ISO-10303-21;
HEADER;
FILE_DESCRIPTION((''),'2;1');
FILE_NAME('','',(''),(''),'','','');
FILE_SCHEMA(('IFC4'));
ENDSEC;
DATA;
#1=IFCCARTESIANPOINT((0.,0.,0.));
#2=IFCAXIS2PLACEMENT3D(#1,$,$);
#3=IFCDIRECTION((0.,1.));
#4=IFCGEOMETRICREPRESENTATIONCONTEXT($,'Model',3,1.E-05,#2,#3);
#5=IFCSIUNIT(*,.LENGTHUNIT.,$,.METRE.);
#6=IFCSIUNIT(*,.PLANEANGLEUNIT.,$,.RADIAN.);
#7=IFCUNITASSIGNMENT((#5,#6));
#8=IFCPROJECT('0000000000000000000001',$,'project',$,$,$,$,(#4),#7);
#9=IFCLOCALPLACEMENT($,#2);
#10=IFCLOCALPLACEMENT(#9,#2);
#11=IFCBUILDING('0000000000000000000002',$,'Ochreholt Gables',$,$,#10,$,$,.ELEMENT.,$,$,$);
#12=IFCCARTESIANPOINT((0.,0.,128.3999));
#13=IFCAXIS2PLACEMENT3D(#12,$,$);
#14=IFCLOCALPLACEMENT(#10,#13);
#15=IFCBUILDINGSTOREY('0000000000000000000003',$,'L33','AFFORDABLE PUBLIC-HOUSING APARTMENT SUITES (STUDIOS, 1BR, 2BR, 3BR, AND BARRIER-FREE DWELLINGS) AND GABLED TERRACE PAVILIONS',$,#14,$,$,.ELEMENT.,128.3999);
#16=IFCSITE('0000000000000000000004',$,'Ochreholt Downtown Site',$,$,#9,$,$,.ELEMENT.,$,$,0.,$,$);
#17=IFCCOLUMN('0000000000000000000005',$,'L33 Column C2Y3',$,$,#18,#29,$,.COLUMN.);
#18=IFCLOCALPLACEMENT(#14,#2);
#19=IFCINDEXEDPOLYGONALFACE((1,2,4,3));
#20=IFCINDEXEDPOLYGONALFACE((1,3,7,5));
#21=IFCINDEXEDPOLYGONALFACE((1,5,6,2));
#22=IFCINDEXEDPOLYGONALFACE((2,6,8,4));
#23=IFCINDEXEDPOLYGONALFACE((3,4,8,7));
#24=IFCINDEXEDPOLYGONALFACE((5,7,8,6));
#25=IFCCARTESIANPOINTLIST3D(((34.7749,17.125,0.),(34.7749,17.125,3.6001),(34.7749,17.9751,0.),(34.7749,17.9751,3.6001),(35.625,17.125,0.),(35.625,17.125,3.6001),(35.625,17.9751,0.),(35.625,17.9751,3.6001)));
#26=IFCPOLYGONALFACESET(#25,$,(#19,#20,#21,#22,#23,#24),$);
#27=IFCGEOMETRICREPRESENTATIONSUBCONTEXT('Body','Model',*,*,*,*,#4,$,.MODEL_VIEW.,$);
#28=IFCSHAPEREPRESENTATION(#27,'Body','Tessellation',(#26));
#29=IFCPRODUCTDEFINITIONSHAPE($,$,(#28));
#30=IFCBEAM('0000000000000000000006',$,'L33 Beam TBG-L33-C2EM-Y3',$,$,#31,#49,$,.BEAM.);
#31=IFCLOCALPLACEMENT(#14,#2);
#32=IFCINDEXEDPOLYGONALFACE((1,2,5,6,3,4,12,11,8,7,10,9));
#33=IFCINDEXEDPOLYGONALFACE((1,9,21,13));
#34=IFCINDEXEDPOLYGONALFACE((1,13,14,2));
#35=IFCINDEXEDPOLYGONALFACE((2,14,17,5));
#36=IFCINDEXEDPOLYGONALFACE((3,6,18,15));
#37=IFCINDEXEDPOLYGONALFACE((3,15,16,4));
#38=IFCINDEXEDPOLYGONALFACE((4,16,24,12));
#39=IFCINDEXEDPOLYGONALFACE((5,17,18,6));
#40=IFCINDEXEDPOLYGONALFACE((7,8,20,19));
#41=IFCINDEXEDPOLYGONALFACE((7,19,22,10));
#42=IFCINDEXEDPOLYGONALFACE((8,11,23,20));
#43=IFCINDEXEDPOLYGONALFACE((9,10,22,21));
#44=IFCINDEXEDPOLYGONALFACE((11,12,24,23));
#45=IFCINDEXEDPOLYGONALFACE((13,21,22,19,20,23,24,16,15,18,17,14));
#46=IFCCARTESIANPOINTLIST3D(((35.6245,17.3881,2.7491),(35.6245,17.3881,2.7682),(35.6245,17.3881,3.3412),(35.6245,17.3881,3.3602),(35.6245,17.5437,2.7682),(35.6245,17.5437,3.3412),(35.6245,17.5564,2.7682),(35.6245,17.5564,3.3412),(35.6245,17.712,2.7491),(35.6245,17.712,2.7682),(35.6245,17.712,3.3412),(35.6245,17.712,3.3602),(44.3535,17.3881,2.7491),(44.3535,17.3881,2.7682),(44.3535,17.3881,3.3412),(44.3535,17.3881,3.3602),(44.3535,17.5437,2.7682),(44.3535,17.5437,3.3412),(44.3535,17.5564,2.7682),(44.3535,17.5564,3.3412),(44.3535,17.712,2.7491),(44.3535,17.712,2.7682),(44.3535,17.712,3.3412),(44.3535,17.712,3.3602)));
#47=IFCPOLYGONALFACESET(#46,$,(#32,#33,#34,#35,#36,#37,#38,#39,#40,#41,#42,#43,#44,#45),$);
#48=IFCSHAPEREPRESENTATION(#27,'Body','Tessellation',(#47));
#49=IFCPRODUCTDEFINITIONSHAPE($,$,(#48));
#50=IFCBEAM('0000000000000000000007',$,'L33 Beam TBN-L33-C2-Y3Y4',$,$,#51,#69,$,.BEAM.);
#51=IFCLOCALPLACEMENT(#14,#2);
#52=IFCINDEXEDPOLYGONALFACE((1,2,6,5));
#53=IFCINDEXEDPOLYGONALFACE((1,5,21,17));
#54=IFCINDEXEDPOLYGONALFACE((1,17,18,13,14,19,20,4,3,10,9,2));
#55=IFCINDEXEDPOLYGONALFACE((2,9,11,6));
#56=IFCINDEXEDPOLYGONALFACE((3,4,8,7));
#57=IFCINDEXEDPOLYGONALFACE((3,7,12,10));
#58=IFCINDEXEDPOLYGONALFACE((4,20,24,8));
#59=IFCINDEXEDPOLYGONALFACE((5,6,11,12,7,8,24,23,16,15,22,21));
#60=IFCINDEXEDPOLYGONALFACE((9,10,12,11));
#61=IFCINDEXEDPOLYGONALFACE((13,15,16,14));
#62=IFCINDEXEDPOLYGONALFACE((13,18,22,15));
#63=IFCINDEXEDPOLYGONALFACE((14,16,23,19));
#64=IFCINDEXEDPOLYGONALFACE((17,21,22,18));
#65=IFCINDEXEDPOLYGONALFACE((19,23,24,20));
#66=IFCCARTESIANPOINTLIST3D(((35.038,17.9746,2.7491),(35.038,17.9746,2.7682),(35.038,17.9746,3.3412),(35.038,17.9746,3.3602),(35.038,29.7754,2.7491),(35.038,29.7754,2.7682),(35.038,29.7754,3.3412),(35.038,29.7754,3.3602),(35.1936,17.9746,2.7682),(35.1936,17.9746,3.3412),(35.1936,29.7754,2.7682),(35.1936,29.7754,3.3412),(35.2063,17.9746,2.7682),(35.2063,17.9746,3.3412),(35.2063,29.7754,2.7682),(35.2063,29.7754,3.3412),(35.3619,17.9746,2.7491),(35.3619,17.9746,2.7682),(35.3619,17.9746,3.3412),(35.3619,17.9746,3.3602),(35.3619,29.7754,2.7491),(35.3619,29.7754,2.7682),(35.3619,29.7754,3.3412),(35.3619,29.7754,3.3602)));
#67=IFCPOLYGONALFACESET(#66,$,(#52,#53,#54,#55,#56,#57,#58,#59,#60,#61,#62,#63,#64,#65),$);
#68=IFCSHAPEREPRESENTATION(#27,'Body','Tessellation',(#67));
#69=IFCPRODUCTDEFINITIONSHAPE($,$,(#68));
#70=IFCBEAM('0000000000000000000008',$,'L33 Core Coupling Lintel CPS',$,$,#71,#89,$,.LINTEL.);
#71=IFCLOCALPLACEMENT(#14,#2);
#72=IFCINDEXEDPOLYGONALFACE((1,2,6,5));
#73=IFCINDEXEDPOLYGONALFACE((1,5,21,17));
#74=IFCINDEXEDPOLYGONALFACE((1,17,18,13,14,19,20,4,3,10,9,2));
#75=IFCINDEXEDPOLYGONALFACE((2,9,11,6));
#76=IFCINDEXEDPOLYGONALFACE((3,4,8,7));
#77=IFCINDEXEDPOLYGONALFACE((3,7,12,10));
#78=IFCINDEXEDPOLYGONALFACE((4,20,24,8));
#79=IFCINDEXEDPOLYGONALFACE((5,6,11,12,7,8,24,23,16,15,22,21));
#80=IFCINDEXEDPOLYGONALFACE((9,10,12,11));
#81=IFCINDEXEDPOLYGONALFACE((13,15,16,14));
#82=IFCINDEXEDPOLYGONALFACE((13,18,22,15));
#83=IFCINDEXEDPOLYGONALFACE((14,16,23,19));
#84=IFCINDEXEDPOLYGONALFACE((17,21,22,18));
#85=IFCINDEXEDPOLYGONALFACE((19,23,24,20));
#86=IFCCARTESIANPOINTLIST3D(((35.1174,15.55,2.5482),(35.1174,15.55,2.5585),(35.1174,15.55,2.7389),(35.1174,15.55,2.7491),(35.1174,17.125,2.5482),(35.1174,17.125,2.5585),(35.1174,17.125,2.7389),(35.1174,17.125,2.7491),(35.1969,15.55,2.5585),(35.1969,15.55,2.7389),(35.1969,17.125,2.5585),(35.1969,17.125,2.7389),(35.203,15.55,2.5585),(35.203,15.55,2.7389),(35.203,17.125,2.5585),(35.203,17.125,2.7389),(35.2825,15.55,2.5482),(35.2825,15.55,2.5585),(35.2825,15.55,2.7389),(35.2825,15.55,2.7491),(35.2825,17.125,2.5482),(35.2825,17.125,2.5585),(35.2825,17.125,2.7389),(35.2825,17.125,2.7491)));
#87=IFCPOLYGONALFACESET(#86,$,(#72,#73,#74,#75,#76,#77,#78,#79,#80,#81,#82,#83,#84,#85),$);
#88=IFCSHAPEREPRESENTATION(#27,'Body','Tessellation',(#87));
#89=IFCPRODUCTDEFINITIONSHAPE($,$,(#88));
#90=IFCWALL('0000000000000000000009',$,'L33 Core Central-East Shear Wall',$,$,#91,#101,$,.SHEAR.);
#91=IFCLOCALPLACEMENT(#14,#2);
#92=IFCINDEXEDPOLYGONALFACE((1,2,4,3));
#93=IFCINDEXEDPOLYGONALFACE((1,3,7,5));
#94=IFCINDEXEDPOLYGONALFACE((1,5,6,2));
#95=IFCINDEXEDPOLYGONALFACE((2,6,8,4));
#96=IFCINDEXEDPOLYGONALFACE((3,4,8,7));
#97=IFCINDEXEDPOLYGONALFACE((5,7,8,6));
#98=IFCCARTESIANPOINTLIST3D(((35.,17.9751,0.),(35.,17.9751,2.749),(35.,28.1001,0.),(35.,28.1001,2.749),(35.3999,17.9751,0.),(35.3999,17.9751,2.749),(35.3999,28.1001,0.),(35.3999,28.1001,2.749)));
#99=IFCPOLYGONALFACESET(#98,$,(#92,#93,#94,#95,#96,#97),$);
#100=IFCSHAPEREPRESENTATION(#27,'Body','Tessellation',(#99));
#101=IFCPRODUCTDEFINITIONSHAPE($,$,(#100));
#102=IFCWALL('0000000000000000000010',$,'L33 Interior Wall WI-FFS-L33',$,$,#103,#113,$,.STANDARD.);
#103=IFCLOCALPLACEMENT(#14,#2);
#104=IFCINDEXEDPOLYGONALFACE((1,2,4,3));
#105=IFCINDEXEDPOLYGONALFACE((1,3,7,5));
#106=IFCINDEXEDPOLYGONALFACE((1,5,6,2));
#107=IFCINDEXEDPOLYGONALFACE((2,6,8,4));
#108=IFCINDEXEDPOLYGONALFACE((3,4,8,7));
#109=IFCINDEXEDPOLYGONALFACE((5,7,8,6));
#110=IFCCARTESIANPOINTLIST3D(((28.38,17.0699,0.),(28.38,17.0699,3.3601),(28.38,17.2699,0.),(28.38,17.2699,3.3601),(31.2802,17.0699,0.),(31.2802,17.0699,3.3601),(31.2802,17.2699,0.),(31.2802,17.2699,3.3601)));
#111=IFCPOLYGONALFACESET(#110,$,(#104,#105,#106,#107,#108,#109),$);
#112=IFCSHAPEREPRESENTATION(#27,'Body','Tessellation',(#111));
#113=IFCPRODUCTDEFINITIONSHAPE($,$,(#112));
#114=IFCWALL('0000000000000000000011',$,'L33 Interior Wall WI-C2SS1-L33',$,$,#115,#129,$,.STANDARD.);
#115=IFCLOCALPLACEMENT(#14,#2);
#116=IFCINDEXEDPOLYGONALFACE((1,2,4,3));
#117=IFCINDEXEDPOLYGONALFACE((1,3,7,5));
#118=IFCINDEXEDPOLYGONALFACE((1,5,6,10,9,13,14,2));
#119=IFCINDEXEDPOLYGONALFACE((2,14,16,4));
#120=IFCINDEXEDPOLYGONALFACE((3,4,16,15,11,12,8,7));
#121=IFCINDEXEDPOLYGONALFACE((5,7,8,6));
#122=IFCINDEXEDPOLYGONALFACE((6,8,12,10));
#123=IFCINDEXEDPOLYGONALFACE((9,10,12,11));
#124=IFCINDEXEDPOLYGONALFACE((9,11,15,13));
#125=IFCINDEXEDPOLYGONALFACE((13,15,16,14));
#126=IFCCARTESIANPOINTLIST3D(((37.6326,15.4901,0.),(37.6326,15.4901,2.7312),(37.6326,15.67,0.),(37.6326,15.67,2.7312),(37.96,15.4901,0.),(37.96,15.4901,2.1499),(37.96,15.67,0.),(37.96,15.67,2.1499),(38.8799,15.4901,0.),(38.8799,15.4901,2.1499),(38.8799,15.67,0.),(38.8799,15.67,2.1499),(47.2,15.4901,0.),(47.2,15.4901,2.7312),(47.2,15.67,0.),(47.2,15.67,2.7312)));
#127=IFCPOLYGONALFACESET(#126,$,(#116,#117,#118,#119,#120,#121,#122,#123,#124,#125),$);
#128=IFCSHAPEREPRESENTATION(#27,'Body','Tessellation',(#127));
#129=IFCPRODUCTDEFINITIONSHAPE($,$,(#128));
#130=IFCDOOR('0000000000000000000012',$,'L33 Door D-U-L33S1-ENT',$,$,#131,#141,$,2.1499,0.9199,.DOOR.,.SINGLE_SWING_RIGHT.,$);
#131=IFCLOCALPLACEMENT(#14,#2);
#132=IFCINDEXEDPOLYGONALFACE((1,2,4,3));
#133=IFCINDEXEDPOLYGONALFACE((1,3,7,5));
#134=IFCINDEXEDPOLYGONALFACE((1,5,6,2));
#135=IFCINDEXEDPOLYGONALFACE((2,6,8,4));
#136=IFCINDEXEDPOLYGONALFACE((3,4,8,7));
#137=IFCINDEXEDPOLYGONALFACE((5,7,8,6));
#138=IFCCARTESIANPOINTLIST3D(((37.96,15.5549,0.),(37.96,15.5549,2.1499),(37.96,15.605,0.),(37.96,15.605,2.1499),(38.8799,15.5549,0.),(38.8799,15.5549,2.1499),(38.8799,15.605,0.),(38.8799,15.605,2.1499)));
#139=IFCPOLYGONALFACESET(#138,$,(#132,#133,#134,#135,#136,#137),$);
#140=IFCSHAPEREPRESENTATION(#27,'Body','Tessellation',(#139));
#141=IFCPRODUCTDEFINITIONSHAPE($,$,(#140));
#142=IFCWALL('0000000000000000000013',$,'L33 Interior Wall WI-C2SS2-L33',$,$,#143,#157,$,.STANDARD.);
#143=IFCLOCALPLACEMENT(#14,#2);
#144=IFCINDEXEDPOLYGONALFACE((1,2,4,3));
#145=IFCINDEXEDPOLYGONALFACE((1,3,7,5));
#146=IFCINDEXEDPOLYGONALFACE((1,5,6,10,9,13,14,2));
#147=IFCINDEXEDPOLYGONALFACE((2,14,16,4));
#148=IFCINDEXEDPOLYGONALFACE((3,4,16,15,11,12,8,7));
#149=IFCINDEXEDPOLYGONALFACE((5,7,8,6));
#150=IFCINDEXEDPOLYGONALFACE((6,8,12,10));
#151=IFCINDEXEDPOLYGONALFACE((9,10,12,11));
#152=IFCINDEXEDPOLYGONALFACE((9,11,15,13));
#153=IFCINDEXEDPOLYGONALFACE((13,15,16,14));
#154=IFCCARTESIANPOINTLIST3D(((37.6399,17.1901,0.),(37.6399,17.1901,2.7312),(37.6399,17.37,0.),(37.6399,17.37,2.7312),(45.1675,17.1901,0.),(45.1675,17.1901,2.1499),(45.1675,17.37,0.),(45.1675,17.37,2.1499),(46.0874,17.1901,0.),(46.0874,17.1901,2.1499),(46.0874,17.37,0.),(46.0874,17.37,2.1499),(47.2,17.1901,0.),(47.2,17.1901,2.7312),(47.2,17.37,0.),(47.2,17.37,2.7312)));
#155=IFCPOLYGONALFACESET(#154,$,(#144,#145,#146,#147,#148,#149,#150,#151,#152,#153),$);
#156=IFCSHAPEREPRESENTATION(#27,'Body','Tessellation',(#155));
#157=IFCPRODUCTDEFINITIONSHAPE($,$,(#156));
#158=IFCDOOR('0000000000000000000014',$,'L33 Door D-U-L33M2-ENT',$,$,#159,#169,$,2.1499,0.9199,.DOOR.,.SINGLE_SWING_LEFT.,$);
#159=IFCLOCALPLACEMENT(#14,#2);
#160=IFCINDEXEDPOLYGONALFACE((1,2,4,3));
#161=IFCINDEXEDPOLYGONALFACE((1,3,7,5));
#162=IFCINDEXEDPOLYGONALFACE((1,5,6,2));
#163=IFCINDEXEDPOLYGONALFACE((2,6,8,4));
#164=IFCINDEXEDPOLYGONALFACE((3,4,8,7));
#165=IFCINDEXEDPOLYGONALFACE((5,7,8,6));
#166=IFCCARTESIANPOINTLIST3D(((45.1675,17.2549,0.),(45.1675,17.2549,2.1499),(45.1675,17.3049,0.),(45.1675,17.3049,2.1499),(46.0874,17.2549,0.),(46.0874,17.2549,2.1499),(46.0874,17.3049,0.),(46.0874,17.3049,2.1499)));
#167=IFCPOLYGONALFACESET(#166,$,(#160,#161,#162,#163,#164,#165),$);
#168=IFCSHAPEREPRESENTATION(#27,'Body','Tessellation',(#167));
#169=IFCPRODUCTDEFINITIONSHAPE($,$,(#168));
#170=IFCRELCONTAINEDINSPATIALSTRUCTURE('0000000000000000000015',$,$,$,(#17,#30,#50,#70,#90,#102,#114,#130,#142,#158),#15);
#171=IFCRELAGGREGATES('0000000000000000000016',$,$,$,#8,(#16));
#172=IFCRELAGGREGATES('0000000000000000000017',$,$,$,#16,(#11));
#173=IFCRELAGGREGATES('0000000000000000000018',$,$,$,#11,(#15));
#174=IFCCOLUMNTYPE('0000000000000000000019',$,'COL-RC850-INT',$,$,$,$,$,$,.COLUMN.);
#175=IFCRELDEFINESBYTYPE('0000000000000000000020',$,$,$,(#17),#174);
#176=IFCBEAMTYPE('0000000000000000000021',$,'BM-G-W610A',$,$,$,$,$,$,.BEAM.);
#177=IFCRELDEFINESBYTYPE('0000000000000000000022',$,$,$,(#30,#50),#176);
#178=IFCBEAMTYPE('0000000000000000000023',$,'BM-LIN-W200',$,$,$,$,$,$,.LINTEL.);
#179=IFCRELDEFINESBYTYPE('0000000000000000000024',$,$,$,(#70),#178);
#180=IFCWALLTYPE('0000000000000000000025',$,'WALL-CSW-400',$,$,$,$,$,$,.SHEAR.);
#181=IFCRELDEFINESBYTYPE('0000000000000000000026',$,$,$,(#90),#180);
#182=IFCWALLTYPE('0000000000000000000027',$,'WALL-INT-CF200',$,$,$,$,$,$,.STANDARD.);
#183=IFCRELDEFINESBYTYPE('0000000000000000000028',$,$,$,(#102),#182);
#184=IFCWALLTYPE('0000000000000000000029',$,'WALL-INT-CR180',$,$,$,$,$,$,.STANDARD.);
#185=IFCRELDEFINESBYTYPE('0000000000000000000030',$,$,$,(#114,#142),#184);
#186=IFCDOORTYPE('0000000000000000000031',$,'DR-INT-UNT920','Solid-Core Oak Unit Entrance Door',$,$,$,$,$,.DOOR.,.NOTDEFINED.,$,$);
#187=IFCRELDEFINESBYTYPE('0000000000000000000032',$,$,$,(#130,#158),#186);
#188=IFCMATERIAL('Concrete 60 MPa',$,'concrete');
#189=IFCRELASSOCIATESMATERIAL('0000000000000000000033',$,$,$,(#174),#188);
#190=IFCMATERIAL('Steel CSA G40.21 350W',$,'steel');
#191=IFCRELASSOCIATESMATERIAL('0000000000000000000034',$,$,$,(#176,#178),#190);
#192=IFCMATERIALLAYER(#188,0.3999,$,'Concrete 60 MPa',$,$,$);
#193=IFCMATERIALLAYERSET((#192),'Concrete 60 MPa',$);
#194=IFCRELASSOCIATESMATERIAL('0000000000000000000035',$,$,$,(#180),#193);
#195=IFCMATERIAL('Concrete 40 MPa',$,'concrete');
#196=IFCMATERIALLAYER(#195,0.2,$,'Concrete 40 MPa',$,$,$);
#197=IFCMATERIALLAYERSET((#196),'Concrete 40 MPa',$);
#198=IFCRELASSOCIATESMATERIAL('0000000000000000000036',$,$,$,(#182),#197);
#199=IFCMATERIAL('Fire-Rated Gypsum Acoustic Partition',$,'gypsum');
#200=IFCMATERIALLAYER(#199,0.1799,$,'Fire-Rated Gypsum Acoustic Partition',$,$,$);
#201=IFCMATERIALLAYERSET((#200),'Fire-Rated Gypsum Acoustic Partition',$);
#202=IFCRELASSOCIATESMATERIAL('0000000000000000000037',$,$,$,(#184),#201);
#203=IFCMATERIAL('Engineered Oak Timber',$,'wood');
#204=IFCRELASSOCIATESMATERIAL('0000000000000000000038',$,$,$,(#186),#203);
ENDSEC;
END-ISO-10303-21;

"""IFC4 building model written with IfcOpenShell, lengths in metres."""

from ifc_helpers import new_model, si_unit, direction, frame, frame_2d, origin, origin_2d, place, context, subcontext, project, spatial, rectangle, i_section, extrude, material, layer, layer_set, material_profile, profile_set, type_object, element, fill, save


model = new_model("IFC4")

# Units and contexts
model_context = context("Model", 3, precision=1e-05, world=origin(), true_north=direction((0.0, 1.0)))
body_context = subcontext(model_context, "Body", "Model", "MODEL_VIEW")
ifc_project = project(units=[si_unit("LENGTHUNIT", "METRE"), si_unit("PLANEANGLEUNIT", "RADIAN")], contexts=[model_context])

# Site, building, storey
site_placement = place(None, origin())
site = spatial("IfcSite", under=ifc_project, at=site_placement, Name="Ochreholt Downtown Site", CompositionType="ELEMENT", RefElevation=0.0)
building_placement = place(site_placement, origin())
building = spatial("IfcBuilding", under=site, at=building_placement, Name="Ochreholt Gables", CompositionType="ELEMENT")
storey_placement = place(building_placement, frame((0.0, 0.0, 128.3999)))
storey = spatial("IfcBuildingStorey", under=building, at=storey_placement, Name="L33", Description="AFFORDABLE PUBLIC-HOUSING APARTMENT SUITES (STUDIOS, 1BR, 2BR, 3BR, AND BARRIER-FREE DWELLINGS) AND GABLED TERRACE PAVILIONS", CompositionType="ELEMENT", Elevation=128.3999)

# Column
ifc_material_1 = material(Name="Concrete 60 MPa", Category="concrete")
ifc_material_profile_1 = material_profile(ifc_material_1, rectangle(XDim=0.8501, YDim=0.8501, at=origin_2d()), Name="RC850X850")
ifc_profile_set_1 = profile_set([ifc_material_profile_1], Name="Concrete 60 MPa")
column_type = type_object("IfcColumnType", Name="COL-RC850-INT", PredefinedType="COLUMN", material=ifc_profile_set_1)
column_placement = place(storey_placement, frame((35.2, 17.55, 0.0), z_axis=(0.0, 0.0, 1.0), x_axis=(1.0, 0.0, 0.0)))
element("IfcColumn", 1, at=column_placement, inside=storey, type_object=column_type, Name="L33 Column C2Y3", PredefinedType="COLUMN", context=body_context, shape_type="SweptSolid", body=[
    extrude(rectangle(XDim=0.8501, YDim=0.8501, at=origin_2d()), origin(), (0.0, 0.0, 1.0), 3.6001),
])

# Beams
ifc_material_2 = material(Name="Steel CSA G40.21 350W", Category="steel")
ifc_material_profile_2 = material_profile(ifc_material_2, i_section(OverallWidth=0.324, OverallDepth=0.6111, WebThickness=0.0127, FlangeThickness=0.019, at=origin_2d()), Name="W610X155")
ifc_profile_set_2 = profile_set([ifc_material_profile_2], Name="Steel CSA G40.21 350W")
beam_type_1 = type_object("IfcBeamType", Name="BM-G-W610A", PredefinedType="BEAM", material=ifc_profile_set_2)
beam_1_placement = place(storey_placement, frame((35.6245, 17.55, 3.0547), z_axis=(1.0, 0.0, 0.0), x_axis=(0.0, 1.0, 0.0)))
element("IfcBeam", 2, at=beam_1_placement, inside=storey, type_object=beam_type_1, Name="L33 Beam TBG-L33-C2EM-Y3", PredefinedType="BEAM", context=body_context, shape_type="SweptSolid", body=[
    extrude(i_section(OverallWidth=0.324, OverallDepth=0.6111, WebThickness=0.0127, FlangeThickness=0.019, at=origin_2d()), origin(), (0.0, 0.0, 1.0), 8.729),
])
beam_2_placement = place(storey_placement, frame((35.2, 17.9746, 3.0547), z_axis=(0.0, 1.0, 0.0), x_axis=(-1.0, 0.0, 0.0)))
element("IfcBeam", 3, at=beam_2_placement, inside=storey, type_object=beam_type_1, Name="L33 Beam TBN-L33-C2-Y3Y4", PredefinedType="BEAM", context=body_context, shape_type="SweptSolid", body=[
    extrude(i_section(OverallWidth=0.324, OverallDepth=0.6111, WebThickness=0.0127, FlangeThickness=0.019, at=origin_2d()), origin(), (0.0, 0.0, 1.0), 11.8008),
])
ifc_material_profile_3 = material_profile(ifc_material_2, i_section(OverallWidth=0.165, OverallDepth=0.2009, WebThickness=0.0061, FlangeThickness=0.0103, at=origin_2d()), Name="W200X36")
ifc_profile_set_3 = profile_set([ifc_material_profile_3], Name="Steel CSA G40.21 350W")
beam_type_2 = type_object("IfcBeamType", Name="BM-LIN-W200", PredefinedType="LINTEL", material=ifc_profile_set_3)
beam_3_placement = place(storey_placement, frame((35.2, 15.55, 2.6487), z_axis=(0.0, 1.0, 0.0), x_axis=(-1.0, 0.0, 0.0)))
element("IfcBeam", 4, at=beam_3_placement, inside=storey, type_object=beam_type_2, Name="L33 Core Coupling Lintel CPS", PredefinedType="LINTEL", context=body_context, shape_type="SweptSolid", body=[
    extrude(i_section(OverallWidth=0.165, OverallDepth=0.2009, WebThickness=0.0061, FlangeThickness=0.0103, at=origin_2d()), origin(), (0.0, 0.0, 1.0), 1.575),
])

# Walls
ifc_layer_1 = layer(ifc_material_1, 0.3999, Name="Concrete 60 MPa")
ifc_layer_set_1 = layer_set([ifc_layer_1], Name="Concrete 60 MPa")
wall_type_1 = type_object("IfcWallType", Name="WALL-CSW-400", PredefinedType="SHEAR", material=ifc_layer_set_1)
wall_1_placement = place(storey_placement, frame((35.2, 17.9751, 0.0), z_axis=(0.0, 0.0, 1.0), x_axis=(0.0, 1.0, 0.0)))
element("IfcWall", 5, at=wall_1_placement, inside=storey, type_object=wall_type_1, Name="L33 Core Central-East Shear Wall", PredefinedType="SHEAR", context=body_context, shape_type="SweptSolid", body=[
    extrude(rectangle(XDim=10.125, YDim=0.3999, at=frame_2d((5.0625, 0.0))), origin(), (0.0, 0.0, 1.0), 2.749),
])
ifc_material_3 = material(Name="Concrete 40 MPa", Category="concrete")
ifc_layer_2 = layer(ifc_material_3, 0.2, Name="Concrete 40 MPa")
ifc_layer_set_2 = layer_set([ifc_layer_2], Name="Concrete 40 MPa")
wall_type_2 = type_object("IfcWallType", Name="WALL-INT-CF200", PredefinedType="STANDARD", material=ifc_layer_set_2)
wall_2_placement = place(storey_placement, frame((28.3799, 17.1699, 0.0), z_axis=(0.0, 0.0, 1.0), x_axis=(1.0, 0.0, 0.0)))
element("IfcWall", 6, at=wall_2_placement, inside=storey, type_object=wall_type_2, Name="L33 Interior Wall WI-FFS-L33", PredefinedType="STANDARD", context=body_context, shape_type="SweptSolid", body=[
    extrude(rectangle(XDim=2.9001, YDim=0.2, at=frame_2d((1.4502, 0.0))), origin(), (0.0, 0.0, 1.0), 3.3601),
])

# Shared definitions
ifc_material_4 = material(Name="Fire-Rated Gypsum Acoustic Partition", Category="gypsum")
ifc_layer_3 = layer(ifc_material_4, 0.1799, Name="Fire-Rated Gypsum Acoustic Partition")
ifc_layer_set_3 = layer_set([ifc_layer_3], Name="Fire-Rated Gypsum Acoustic Partition")
wall_type_3 = type_object("IfcWallType", Name="WALL-INT-CR180", PredefinedType="STANDARD", material=ifc_layer_set_3)
ifc_material_5 = material(Name="Engineered Oak Timber", Category="wood")

# Walls, openings, doors
wall_3_placement = place(storey_placement, frame((37.6326, 15.5801, 0.0), z_axis=(0.0, 0.0, 1.0), x_axis=(1.0, 0.0, 0.0)))
wall_3 = element("IfcWall", 7, at=wall_3_placement, inside=storey, type_object=wall_type_3, Name="L33 Interior Wall WI-C2SS1-L33", PredefinedType="STANDARD", context=body_context, shape_type="SweptSolid", body=[
    extrude(rectangle(XDim=9.5674, YDim=0.1799, at=frame_2d((4.7837, 0.0))), origin(), (0.0, 0.0, 1.0), 2.7312),
])
opening_1_placement = place(wall_3_placement, frame((0.3274, 0.0, 0.0)))
opening_1 = element("IfcOpeningElement", 8, at=opening_1_placement, cuts=wall_3, PredefinedType="OPENING", context=body_context, shape_type="SweptSolid", body=[
    extrude(rectangle(XDim=0.9199, YDim=2.1499, at=frame_2d((0.46, 1.075))), frame((0.0, 0.0999, 0.0), z_axis=(0.0, -1.0, 0.0), x_axis=(1.0, 0.0, 0.0)), (0.0, 0.0, 1.0), 0.2),
])
door_type_1 = type_object("IfcDoorType", Name="DR-INT-UNT920", Description="Solid-Core Oak Unit Entrance Door", OperationType="NOTDEFINED", PredefinedType="DOOR", material=ifc_material_5)
door_1_placement = place(opening_1_placement, origin())
door_1 = element("IfcDoor", 9, at=door_1_placement, inside=storey, type_object=door_type_1, Name="L33 Door D-U-L33S1-ENT", OperationType="SINGLE_SWING_RIGHT", OverallHeight=2.1499, OverallWidth=0.9199, PredefinedType="DOOR", context=body_context, shape_type="SweptSolid", body=[
    extrude(rectangle(XDim=0.9199, YDim=2.1499, at=frame_2d((0.46, 1.075))), frame((0.0, 0.0249, 0.0), z_axis=(0.0, -1.0, 0.0), x_axis=(1.0, 0.0, 0.0)), (0.0, 0.0, 1.0), 0.05),
])
fill(opening_1, door_1)
wall_4_placement = place(storey_placement, frame((37.6399, 17.28, 0.0), z_axis=(0.0, 0.0, 1.0), x_axis=(1.0, 0.0, 0.0)))
wall_4 = element("IfcWall", 10, at=wall_4_placement, inside=storey, type_object=wall_type_3, Name="L33 Interior Wall WI-C2SS2-L33", PredefinedType="STANDARD", context=body_context, shape_type="SweptSolid", body=[
    extrude(rectangle(XDim=9.5601, YDim=0.1799, at=frame_2d((4.78, 0.0))), origin(), (0.0, 0.0, 1.0), 2.7312),
])
opening_2_placement = place(wall_4_placement, frame((7.5276, 0.0, 0.0)))
opening_2 = element("IfcOpeningElement", 11, at=opening_2_placement, cuts=wall_4, PredefinedType="OPENING", context=body_context, shape_type="SweptSolid", body=[
    extrude(rectangle(XDim=0.9199, YDim=2.1499, at=frame_2d((0.46, 1.075))), frame((0.0, 0.0999, 0.0), z_axis=(0.0, -1.0, 0.0), x_axis=(1.0, 0.0, 0.0)), (0.0, 0.0, 1.0), 0.2),
])
door_2_placement = place(opening_2_placement, origin())
door_2 = element("IfcDoor", 12, at=door_2_placement, inside=storey, type_object=door_type_1, Name="L33 Door D-U-L33M2-ENT", OperationType="SINGLE_SWING_LEFT", OverallHeight=2.1499, OverallWidth=0.9199, PredefinedType="DOOR", context=body_context, shape_type="SweptSolid", body=[
    extrude(rectangle(XDim=0.9199, YDim=2.1499, at=frame_2d((0.46, 1.075))), frame((0.0, 0.0249, 0.0), z_axis=(0.0, -1.0, 0.0), x_axis=(1.0, 0.0, 0.0)), (0.0, 0.0, 1.0), 0.05),
])
fill(opening_2, door_2)

save(model, "model.ifc")
